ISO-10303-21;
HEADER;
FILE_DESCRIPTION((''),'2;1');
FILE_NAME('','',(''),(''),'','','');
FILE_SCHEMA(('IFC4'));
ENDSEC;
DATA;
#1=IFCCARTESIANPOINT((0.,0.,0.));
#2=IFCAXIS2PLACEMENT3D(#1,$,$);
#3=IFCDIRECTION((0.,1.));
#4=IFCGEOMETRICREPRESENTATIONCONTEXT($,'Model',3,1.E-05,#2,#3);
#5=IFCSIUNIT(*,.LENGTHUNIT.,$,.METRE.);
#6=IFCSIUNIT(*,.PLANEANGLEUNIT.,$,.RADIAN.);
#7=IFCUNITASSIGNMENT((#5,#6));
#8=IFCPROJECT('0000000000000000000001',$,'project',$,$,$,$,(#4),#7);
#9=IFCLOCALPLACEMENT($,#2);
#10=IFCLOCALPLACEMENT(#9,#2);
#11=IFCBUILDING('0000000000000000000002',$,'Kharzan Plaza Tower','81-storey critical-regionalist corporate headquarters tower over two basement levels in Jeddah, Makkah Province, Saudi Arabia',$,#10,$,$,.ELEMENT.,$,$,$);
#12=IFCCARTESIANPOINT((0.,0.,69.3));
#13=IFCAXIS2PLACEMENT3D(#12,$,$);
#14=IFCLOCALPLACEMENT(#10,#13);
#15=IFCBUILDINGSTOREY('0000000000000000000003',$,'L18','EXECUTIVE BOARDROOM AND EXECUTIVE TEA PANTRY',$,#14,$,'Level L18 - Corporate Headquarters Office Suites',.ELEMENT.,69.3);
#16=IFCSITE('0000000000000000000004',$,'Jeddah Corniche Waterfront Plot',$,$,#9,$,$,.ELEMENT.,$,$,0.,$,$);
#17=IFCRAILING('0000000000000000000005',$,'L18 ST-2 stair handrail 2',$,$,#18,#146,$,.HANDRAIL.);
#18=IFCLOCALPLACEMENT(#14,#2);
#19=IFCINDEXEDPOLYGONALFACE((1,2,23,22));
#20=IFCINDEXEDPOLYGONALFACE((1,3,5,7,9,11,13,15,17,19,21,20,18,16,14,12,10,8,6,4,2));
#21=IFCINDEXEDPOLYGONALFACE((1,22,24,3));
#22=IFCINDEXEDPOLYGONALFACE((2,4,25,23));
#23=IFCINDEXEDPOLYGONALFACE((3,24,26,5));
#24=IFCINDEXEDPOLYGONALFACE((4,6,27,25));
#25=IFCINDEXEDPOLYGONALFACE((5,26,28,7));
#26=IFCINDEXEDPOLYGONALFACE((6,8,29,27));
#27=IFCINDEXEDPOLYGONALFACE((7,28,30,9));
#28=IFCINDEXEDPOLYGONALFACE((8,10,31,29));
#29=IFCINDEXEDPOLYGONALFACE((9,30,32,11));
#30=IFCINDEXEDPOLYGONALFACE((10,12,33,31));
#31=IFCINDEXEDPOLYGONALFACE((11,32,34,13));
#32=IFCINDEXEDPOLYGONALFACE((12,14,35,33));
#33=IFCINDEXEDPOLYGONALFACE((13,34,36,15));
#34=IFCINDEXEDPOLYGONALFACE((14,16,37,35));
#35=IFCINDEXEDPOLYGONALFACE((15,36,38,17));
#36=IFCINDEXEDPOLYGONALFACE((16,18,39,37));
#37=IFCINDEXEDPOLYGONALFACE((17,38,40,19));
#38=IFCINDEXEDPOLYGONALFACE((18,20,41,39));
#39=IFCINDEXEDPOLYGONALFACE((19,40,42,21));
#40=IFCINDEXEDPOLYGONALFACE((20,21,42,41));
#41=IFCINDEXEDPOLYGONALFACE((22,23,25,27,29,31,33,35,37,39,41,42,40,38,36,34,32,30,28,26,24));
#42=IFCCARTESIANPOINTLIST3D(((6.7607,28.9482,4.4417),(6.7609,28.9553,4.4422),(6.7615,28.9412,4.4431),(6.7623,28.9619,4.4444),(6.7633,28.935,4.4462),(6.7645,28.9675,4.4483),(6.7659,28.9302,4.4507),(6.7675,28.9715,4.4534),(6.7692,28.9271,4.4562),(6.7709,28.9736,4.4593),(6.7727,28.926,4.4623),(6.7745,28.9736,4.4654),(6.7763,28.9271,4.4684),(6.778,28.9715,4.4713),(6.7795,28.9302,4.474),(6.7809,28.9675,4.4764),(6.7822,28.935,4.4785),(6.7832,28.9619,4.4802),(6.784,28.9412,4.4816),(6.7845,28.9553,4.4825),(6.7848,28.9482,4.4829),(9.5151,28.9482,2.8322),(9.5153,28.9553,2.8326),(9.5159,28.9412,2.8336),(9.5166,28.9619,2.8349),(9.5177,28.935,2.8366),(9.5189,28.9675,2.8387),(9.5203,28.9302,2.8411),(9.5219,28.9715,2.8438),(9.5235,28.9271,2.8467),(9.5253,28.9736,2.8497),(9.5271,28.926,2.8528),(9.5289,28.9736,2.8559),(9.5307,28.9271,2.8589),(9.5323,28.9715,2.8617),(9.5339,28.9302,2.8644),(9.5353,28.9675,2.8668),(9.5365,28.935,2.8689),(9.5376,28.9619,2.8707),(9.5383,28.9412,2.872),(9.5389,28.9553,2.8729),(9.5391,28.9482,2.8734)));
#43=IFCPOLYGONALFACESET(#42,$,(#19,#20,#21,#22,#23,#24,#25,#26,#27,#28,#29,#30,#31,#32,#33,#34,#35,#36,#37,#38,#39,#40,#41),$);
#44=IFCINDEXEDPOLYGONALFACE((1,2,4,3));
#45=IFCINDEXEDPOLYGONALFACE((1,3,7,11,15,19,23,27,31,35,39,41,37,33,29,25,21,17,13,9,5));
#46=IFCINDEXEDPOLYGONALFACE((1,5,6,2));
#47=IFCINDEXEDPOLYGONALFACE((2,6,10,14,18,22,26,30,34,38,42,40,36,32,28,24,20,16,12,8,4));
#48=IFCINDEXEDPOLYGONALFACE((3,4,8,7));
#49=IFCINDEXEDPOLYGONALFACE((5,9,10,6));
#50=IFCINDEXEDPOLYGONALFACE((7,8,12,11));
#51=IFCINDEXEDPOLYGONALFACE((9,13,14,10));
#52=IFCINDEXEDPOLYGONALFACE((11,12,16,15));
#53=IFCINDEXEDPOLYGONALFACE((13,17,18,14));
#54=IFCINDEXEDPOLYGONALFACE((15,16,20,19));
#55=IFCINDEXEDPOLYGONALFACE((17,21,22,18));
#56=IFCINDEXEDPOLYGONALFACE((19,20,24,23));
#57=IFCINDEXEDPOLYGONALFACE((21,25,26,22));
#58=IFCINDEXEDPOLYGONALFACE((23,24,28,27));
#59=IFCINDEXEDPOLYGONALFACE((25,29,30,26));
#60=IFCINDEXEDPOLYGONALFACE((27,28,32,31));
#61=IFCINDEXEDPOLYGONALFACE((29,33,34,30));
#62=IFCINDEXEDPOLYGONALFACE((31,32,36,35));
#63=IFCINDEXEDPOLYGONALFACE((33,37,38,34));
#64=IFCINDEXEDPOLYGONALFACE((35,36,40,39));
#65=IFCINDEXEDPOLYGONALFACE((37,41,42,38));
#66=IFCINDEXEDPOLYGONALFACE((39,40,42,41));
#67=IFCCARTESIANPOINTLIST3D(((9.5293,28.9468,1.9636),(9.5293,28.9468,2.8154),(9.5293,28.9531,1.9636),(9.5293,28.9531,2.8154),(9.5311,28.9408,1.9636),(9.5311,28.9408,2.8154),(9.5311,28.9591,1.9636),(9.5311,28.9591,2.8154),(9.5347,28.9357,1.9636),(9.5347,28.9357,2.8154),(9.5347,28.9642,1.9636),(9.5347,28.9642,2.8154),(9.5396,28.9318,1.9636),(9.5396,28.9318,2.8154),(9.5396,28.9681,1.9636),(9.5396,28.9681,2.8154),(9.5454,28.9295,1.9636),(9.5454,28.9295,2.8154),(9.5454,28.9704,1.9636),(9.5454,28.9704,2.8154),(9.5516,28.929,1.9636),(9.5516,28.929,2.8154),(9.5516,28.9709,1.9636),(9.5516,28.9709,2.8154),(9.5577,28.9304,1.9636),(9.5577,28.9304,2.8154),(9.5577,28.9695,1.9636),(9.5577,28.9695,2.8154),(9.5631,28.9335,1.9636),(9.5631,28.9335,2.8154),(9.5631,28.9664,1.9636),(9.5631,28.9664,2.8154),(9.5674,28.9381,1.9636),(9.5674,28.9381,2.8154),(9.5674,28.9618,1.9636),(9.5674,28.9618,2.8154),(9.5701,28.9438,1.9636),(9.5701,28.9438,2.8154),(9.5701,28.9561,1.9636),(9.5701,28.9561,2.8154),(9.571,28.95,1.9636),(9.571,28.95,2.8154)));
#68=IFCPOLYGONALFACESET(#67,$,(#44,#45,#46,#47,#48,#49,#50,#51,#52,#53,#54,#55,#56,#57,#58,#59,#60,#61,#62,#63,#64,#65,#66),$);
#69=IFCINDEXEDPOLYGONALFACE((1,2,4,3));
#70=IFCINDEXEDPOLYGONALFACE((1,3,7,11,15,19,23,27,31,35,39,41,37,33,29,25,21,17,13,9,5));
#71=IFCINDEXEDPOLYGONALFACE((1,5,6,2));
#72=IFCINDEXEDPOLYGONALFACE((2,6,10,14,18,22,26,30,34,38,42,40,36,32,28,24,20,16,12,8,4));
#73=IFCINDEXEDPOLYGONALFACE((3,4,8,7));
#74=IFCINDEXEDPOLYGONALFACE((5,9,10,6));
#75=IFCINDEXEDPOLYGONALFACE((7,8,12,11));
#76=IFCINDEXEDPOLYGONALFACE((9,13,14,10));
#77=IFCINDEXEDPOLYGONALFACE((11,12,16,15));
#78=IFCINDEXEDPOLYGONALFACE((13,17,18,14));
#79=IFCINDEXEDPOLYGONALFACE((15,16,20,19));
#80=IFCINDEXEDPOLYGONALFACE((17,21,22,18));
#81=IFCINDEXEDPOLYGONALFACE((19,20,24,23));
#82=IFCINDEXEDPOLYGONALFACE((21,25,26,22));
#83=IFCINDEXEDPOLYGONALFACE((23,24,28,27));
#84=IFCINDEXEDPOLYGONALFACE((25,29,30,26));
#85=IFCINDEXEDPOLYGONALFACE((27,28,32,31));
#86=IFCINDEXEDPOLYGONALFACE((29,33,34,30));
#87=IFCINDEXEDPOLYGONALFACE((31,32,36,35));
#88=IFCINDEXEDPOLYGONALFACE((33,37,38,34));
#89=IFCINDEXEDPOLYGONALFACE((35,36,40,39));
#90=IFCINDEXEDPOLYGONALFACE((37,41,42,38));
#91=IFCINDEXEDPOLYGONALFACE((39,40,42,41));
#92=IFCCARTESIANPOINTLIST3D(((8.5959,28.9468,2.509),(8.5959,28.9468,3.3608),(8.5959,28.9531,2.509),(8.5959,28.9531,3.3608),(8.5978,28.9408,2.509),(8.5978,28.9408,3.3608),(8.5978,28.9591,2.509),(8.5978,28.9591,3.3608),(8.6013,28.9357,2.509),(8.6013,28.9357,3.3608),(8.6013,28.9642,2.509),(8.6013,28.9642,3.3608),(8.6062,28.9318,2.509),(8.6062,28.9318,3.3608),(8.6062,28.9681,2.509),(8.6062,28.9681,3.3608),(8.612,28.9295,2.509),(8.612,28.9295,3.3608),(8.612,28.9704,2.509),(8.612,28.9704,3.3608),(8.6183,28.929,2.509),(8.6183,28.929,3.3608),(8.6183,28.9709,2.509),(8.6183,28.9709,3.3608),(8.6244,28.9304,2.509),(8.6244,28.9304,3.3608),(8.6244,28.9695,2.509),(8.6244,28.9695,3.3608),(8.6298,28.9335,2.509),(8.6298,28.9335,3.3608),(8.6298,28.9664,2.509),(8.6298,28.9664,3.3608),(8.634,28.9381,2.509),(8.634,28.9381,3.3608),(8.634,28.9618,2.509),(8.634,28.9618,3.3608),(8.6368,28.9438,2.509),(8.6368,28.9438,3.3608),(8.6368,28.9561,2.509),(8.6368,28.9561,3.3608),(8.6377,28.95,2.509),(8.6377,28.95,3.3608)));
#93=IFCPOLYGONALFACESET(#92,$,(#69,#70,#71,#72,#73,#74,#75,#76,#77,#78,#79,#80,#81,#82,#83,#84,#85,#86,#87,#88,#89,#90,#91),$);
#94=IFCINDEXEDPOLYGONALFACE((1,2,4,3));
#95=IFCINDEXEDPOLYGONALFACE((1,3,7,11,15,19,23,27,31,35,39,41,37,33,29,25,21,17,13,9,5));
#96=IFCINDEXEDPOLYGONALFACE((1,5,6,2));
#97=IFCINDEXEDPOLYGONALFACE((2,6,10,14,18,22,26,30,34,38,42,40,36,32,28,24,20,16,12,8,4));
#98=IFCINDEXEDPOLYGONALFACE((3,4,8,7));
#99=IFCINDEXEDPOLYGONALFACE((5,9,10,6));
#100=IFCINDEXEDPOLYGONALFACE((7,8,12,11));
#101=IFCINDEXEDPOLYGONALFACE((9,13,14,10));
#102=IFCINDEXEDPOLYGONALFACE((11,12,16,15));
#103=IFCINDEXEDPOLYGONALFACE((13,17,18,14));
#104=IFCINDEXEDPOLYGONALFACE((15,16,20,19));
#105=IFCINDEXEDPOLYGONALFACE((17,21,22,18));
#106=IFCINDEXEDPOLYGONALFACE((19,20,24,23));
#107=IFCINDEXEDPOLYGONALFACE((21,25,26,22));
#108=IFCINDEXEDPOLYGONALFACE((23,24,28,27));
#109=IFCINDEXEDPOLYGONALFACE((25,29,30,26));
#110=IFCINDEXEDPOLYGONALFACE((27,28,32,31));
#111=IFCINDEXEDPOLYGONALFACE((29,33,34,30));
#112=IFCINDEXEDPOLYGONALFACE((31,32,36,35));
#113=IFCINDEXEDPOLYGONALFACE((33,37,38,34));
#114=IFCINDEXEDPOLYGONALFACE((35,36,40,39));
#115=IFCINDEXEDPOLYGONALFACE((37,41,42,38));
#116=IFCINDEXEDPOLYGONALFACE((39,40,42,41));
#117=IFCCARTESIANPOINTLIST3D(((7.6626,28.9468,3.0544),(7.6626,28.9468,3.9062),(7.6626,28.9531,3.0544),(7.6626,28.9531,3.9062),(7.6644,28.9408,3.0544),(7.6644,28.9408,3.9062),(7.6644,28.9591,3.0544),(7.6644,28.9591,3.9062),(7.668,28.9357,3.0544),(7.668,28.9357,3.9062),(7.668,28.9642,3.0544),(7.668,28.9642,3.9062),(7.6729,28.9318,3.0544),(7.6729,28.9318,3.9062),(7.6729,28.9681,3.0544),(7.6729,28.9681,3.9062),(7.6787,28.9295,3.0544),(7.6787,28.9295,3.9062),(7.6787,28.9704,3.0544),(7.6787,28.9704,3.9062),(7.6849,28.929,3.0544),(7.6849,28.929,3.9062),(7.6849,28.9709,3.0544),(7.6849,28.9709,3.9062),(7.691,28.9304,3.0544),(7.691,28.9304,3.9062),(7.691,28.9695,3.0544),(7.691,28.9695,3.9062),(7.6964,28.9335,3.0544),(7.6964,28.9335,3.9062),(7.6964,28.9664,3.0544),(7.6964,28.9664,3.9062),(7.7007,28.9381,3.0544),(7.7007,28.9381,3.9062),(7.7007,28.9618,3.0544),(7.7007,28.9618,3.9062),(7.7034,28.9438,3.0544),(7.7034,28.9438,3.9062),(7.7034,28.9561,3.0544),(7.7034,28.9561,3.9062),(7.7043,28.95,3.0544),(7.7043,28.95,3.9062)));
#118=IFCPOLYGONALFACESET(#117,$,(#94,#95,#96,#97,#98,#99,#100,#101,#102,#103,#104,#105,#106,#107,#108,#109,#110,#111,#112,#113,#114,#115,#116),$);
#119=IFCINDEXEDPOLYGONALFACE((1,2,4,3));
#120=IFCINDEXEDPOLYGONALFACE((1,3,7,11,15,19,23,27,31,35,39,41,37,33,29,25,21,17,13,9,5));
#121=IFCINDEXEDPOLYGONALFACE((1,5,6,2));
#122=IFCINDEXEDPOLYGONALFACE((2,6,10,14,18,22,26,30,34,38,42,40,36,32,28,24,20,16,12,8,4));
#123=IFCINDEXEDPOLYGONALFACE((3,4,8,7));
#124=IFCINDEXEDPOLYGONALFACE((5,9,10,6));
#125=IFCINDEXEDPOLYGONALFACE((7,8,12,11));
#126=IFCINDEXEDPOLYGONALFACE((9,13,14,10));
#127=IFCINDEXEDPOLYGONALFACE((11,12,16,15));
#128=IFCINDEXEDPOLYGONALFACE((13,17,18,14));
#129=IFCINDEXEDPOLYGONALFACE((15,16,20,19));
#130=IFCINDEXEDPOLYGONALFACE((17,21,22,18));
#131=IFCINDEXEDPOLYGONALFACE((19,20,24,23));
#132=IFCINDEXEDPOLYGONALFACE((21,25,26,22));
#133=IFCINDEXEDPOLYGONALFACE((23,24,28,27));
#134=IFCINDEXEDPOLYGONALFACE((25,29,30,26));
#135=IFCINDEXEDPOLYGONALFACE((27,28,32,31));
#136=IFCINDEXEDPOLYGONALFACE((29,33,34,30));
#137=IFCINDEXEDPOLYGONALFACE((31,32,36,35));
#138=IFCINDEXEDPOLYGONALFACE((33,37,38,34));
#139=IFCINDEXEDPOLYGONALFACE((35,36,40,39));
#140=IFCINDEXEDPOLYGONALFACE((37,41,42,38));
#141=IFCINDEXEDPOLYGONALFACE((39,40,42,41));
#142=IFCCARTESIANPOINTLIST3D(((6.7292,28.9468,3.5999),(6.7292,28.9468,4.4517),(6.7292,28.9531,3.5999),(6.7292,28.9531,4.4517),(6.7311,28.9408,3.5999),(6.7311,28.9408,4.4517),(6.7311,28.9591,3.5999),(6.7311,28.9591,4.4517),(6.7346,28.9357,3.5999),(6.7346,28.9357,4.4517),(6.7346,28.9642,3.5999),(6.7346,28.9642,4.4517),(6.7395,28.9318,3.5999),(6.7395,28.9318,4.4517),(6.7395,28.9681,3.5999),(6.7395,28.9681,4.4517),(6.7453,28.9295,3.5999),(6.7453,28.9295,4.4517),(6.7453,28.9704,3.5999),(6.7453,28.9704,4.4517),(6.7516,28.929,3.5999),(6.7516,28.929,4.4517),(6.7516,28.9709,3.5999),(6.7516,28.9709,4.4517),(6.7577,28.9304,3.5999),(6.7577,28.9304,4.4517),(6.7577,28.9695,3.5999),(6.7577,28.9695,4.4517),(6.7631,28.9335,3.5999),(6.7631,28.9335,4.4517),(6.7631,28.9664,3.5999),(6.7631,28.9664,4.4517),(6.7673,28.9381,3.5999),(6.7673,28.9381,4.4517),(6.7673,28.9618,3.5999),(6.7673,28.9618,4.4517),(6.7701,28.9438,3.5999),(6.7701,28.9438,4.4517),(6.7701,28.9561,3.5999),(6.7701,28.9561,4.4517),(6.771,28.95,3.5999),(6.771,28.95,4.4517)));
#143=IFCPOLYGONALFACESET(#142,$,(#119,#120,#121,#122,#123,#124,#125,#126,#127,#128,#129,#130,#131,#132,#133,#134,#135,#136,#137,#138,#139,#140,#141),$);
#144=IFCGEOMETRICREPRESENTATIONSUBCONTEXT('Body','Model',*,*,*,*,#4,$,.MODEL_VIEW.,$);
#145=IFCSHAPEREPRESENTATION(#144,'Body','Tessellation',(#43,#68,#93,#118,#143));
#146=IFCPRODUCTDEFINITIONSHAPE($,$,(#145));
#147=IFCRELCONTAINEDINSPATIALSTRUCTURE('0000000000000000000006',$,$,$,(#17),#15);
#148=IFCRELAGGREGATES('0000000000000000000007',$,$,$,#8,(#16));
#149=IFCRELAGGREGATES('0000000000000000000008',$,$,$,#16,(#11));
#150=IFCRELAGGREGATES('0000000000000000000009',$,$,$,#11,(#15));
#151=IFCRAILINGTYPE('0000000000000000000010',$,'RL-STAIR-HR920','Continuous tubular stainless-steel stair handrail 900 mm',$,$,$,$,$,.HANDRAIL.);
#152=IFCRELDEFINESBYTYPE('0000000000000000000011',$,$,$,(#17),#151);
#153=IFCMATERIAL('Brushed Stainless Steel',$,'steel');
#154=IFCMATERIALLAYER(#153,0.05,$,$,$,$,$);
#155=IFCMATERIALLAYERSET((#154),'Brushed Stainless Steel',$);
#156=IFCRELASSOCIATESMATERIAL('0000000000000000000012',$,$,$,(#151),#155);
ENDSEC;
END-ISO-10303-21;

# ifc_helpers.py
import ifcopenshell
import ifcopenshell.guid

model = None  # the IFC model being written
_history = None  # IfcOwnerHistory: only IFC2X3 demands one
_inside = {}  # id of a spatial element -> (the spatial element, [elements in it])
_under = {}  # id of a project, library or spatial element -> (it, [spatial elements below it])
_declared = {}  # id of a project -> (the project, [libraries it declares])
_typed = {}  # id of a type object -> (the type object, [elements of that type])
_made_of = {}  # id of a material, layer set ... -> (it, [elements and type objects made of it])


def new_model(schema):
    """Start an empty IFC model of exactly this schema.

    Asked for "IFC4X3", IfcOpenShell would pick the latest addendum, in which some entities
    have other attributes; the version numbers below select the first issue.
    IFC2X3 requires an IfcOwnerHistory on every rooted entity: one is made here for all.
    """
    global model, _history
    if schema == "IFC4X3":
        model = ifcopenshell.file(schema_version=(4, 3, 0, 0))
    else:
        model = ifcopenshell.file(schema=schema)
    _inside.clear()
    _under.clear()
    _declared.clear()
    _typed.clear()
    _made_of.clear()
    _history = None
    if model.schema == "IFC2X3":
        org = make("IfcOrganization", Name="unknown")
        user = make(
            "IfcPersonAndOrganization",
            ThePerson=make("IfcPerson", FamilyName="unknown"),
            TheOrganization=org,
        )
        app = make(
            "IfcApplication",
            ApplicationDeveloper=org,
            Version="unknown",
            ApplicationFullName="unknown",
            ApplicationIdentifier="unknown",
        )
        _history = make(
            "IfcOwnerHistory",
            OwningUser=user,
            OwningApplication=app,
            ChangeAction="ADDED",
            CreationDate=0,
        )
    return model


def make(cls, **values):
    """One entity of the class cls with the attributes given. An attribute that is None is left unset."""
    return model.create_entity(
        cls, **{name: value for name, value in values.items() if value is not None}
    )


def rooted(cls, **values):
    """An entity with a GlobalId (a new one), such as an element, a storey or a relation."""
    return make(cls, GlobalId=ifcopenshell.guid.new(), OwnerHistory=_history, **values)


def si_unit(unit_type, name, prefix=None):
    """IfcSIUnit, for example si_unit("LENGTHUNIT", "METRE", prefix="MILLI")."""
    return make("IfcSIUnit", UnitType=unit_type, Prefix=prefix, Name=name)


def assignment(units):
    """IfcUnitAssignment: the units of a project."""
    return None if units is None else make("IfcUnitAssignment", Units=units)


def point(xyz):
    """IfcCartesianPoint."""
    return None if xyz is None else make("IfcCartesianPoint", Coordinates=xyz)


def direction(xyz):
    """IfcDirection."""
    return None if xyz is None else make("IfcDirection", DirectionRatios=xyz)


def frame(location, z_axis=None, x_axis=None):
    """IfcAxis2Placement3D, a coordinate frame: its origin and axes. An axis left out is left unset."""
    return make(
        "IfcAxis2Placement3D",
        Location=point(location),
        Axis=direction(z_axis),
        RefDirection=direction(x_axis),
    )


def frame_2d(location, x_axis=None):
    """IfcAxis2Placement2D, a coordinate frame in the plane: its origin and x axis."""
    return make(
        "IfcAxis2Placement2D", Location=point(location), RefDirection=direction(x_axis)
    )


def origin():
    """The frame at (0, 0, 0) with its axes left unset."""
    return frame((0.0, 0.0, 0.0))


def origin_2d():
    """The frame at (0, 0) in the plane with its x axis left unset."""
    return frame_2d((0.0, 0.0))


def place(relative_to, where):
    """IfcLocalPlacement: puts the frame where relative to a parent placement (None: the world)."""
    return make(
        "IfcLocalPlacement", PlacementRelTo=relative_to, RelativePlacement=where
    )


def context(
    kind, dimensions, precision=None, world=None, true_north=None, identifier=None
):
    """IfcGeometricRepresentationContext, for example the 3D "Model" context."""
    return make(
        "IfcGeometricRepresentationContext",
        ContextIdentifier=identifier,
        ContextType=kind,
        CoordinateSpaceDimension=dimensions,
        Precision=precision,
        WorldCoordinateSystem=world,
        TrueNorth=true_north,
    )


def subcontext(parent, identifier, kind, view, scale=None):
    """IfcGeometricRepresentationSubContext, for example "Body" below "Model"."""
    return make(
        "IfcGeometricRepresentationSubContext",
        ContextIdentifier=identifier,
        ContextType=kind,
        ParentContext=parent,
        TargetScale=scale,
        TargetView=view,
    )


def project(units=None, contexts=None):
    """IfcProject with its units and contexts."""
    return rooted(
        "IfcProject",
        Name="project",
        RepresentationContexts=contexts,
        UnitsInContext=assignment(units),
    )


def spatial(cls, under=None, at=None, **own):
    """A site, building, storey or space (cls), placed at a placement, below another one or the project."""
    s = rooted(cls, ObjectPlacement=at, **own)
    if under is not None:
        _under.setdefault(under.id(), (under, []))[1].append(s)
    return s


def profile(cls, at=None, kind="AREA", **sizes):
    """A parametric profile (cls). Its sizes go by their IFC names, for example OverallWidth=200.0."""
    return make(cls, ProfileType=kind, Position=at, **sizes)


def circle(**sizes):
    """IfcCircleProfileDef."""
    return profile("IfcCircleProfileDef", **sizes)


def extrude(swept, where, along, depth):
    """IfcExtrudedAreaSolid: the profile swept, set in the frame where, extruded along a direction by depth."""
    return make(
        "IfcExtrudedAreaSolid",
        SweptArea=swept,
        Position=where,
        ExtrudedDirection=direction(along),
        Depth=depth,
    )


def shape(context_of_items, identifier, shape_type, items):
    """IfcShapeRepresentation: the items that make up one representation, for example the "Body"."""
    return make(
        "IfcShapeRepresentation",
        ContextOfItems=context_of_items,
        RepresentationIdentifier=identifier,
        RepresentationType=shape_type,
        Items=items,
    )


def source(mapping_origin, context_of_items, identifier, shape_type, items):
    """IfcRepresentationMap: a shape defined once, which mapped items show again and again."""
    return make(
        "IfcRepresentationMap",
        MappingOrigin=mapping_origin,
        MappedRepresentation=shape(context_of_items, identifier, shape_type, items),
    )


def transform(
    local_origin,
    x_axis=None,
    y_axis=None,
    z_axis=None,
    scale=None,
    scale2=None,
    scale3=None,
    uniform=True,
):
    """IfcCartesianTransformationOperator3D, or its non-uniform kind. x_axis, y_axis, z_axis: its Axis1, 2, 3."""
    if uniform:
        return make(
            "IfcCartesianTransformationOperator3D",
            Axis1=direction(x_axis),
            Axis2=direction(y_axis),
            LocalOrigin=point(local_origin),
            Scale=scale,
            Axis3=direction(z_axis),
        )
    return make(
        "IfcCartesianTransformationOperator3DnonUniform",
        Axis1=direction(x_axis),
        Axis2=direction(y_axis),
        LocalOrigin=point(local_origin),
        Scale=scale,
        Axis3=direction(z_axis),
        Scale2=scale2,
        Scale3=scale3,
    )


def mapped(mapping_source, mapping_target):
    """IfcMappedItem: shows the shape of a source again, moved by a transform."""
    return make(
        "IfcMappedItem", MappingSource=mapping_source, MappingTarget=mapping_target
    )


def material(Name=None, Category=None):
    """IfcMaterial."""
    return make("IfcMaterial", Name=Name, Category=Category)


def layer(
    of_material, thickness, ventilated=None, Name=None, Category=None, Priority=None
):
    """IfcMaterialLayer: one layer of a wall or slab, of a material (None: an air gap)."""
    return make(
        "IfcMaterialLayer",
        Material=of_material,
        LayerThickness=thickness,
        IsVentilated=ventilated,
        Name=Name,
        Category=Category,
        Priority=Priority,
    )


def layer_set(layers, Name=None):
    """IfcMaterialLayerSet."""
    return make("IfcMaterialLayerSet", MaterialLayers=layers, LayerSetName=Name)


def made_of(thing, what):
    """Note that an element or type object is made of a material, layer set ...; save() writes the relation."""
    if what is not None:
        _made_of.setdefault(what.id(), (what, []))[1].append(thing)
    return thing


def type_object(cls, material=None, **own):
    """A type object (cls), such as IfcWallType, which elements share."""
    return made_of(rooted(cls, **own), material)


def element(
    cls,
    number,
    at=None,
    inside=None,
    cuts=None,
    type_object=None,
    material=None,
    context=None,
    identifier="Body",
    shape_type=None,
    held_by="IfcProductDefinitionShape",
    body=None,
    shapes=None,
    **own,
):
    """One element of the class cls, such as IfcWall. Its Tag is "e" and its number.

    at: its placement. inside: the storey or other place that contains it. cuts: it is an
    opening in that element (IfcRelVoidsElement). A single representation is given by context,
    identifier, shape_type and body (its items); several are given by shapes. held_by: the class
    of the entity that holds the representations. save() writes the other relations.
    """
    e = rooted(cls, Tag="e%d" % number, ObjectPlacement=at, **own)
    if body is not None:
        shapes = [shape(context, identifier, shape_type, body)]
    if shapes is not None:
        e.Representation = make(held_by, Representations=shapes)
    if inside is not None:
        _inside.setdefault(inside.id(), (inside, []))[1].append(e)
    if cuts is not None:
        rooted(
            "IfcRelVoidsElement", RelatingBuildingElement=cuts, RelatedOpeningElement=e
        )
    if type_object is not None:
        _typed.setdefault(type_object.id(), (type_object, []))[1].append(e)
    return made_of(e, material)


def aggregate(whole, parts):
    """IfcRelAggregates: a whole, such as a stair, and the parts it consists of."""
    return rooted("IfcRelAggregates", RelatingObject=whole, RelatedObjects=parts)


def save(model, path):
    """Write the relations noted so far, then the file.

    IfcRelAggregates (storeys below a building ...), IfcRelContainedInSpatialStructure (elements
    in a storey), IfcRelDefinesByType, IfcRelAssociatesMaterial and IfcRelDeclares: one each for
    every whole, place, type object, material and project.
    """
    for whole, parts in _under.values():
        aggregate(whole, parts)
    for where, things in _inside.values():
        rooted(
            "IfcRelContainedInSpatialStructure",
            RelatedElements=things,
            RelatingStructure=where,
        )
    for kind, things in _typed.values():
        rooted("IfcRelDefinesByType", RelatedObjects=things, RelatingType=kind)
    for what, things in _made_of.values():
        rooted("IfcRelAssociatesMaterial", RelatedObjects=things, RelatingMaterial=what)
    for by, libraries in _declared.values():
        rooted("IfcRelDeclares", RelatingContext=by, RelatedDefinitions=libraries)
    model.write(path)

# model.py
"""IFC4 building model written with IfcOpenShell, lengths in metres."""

from ifc_helpers import new_model, si_unit, direction, frame, origin, origin_2d, place, context, subcontext, project, spatial, circle, extrude, source, transform, mapped, material, layer, layer_set, type_object, element, save


model = new_model("IFC4")

# Units and contexts
model_context = context("Model", 3, precision=1e-05, world=origin(), true_north=direction((0.0, 1.0)))
body_context = subcontext(model_context, "Body", "Model", "MODEL_VIEW")
ifc_project = project(units=[si_unit("LENGTHUNIT", "METRE"), si_unit("PLANEANGLEUNIT", "RADIAN")], contexts=[model_context])

# Site, building, storey
site_placement = place(None, origin())
site = spatial("IfcSite", under=ifc_project, at=site_placement, Name="Jeddah Corniche Waterfront Plot", CompositionType="ELEMENT", RefElevation=0.0)
building_placement = place(site_placement, origin())
building = spatial("IfcBuilding", under=site, at=building_placement, Name="Kharzan Plaza Tower", Description="81-storey critical-regionalist corporate headquarters tower over two basement levels in Jeddah, Makkah Province, Saudi Arabia", CompositionType="ELEMENT")
storey_placement = place(building_placement, frame((0.0, 0.0, 69.3)))
storey = spatial("IfcBuildingStorey", under=building, at=storey_placement, Name="L18", Description="EXECUTIVE BOARDROOM AND EXECUTIVE TEA PANTRY", LongName="Level L18 - Corporate Headquarters Office Suites", CompositionType="ELEMENT", Elevation=69.3)

# Shared definitions
ifc_material_1 = material(Name="Brushed Stainless Steel", Category="steel")

# Railing
ifc_layer_1 = layer(ifc_material_1, 0.05)
ifc_layer_set_1 = layer_set([ifc_layer_1], Name="Brushed Stainless Steel")
railing_type_1 = type_object("IfcRailingType", Name="RL-STAIR-HR920", Description="Continuous tubular stainless-steel stair handrail 900 mm", PredefinedType="HANDRAIL", material=ifc_layer_set_1)
shared_shape_1 = source(origin(), body_context, "Body", "SweptSolid", [
    extrude(circle(Radius=0.0239, at=origin_2d()), frame((-0.0229, 0.0, 0.8892), z_axis=(-0.863394, 0.0, 0.504531), x_axis=(0.0, -1.0, 0.0)), (0.0, 0.0, 1.0), 3.1902),
    extrude(circle(Radius=0.021, at=origin_2d()), origin(), (0.0, 0.0, 1.0), 0.8518),
    extrude(circle(Radius=0.021, at=origin_2d()), frame((-0.9333, 0.0, 0.5454)), (0.0, 0.0, 1.0), 0.8518),
    extrude(circle(Radius=0.021, at=origin_2d()), frame((-1.8667, 0.0, 1.0908)), (0.0, 0.0, 1.0), 0.8518),
    extrude(circle(Radius=0.021, at=origin_2d()), frame((-2.8, 0.0, 1.6362)), (0.0, 0.0, 1.0), 0.8518),
])
railing_1_placement = place(storey_placement, frame((9.55, 28.95, 1.9636)))
element("IfcRailing", 1, at=railing_1_placement, inside=storey, type_object=railing_type_1, Name="L18 ST-2 stair handrail 2", PredefinedType="HANDRAIL", context=body_context, shape_type="MappedRepresentation", body=[
    mapped(shared_shape_1, transform((0.0, 0.0, 0.0), x_axis=(1.0, 0.0, 0.0), y_axis=(0.0, 1.0, 0.0), z_axis=(0.0, 0.0, 1.0))),
])

save(model, "model.ifc")
